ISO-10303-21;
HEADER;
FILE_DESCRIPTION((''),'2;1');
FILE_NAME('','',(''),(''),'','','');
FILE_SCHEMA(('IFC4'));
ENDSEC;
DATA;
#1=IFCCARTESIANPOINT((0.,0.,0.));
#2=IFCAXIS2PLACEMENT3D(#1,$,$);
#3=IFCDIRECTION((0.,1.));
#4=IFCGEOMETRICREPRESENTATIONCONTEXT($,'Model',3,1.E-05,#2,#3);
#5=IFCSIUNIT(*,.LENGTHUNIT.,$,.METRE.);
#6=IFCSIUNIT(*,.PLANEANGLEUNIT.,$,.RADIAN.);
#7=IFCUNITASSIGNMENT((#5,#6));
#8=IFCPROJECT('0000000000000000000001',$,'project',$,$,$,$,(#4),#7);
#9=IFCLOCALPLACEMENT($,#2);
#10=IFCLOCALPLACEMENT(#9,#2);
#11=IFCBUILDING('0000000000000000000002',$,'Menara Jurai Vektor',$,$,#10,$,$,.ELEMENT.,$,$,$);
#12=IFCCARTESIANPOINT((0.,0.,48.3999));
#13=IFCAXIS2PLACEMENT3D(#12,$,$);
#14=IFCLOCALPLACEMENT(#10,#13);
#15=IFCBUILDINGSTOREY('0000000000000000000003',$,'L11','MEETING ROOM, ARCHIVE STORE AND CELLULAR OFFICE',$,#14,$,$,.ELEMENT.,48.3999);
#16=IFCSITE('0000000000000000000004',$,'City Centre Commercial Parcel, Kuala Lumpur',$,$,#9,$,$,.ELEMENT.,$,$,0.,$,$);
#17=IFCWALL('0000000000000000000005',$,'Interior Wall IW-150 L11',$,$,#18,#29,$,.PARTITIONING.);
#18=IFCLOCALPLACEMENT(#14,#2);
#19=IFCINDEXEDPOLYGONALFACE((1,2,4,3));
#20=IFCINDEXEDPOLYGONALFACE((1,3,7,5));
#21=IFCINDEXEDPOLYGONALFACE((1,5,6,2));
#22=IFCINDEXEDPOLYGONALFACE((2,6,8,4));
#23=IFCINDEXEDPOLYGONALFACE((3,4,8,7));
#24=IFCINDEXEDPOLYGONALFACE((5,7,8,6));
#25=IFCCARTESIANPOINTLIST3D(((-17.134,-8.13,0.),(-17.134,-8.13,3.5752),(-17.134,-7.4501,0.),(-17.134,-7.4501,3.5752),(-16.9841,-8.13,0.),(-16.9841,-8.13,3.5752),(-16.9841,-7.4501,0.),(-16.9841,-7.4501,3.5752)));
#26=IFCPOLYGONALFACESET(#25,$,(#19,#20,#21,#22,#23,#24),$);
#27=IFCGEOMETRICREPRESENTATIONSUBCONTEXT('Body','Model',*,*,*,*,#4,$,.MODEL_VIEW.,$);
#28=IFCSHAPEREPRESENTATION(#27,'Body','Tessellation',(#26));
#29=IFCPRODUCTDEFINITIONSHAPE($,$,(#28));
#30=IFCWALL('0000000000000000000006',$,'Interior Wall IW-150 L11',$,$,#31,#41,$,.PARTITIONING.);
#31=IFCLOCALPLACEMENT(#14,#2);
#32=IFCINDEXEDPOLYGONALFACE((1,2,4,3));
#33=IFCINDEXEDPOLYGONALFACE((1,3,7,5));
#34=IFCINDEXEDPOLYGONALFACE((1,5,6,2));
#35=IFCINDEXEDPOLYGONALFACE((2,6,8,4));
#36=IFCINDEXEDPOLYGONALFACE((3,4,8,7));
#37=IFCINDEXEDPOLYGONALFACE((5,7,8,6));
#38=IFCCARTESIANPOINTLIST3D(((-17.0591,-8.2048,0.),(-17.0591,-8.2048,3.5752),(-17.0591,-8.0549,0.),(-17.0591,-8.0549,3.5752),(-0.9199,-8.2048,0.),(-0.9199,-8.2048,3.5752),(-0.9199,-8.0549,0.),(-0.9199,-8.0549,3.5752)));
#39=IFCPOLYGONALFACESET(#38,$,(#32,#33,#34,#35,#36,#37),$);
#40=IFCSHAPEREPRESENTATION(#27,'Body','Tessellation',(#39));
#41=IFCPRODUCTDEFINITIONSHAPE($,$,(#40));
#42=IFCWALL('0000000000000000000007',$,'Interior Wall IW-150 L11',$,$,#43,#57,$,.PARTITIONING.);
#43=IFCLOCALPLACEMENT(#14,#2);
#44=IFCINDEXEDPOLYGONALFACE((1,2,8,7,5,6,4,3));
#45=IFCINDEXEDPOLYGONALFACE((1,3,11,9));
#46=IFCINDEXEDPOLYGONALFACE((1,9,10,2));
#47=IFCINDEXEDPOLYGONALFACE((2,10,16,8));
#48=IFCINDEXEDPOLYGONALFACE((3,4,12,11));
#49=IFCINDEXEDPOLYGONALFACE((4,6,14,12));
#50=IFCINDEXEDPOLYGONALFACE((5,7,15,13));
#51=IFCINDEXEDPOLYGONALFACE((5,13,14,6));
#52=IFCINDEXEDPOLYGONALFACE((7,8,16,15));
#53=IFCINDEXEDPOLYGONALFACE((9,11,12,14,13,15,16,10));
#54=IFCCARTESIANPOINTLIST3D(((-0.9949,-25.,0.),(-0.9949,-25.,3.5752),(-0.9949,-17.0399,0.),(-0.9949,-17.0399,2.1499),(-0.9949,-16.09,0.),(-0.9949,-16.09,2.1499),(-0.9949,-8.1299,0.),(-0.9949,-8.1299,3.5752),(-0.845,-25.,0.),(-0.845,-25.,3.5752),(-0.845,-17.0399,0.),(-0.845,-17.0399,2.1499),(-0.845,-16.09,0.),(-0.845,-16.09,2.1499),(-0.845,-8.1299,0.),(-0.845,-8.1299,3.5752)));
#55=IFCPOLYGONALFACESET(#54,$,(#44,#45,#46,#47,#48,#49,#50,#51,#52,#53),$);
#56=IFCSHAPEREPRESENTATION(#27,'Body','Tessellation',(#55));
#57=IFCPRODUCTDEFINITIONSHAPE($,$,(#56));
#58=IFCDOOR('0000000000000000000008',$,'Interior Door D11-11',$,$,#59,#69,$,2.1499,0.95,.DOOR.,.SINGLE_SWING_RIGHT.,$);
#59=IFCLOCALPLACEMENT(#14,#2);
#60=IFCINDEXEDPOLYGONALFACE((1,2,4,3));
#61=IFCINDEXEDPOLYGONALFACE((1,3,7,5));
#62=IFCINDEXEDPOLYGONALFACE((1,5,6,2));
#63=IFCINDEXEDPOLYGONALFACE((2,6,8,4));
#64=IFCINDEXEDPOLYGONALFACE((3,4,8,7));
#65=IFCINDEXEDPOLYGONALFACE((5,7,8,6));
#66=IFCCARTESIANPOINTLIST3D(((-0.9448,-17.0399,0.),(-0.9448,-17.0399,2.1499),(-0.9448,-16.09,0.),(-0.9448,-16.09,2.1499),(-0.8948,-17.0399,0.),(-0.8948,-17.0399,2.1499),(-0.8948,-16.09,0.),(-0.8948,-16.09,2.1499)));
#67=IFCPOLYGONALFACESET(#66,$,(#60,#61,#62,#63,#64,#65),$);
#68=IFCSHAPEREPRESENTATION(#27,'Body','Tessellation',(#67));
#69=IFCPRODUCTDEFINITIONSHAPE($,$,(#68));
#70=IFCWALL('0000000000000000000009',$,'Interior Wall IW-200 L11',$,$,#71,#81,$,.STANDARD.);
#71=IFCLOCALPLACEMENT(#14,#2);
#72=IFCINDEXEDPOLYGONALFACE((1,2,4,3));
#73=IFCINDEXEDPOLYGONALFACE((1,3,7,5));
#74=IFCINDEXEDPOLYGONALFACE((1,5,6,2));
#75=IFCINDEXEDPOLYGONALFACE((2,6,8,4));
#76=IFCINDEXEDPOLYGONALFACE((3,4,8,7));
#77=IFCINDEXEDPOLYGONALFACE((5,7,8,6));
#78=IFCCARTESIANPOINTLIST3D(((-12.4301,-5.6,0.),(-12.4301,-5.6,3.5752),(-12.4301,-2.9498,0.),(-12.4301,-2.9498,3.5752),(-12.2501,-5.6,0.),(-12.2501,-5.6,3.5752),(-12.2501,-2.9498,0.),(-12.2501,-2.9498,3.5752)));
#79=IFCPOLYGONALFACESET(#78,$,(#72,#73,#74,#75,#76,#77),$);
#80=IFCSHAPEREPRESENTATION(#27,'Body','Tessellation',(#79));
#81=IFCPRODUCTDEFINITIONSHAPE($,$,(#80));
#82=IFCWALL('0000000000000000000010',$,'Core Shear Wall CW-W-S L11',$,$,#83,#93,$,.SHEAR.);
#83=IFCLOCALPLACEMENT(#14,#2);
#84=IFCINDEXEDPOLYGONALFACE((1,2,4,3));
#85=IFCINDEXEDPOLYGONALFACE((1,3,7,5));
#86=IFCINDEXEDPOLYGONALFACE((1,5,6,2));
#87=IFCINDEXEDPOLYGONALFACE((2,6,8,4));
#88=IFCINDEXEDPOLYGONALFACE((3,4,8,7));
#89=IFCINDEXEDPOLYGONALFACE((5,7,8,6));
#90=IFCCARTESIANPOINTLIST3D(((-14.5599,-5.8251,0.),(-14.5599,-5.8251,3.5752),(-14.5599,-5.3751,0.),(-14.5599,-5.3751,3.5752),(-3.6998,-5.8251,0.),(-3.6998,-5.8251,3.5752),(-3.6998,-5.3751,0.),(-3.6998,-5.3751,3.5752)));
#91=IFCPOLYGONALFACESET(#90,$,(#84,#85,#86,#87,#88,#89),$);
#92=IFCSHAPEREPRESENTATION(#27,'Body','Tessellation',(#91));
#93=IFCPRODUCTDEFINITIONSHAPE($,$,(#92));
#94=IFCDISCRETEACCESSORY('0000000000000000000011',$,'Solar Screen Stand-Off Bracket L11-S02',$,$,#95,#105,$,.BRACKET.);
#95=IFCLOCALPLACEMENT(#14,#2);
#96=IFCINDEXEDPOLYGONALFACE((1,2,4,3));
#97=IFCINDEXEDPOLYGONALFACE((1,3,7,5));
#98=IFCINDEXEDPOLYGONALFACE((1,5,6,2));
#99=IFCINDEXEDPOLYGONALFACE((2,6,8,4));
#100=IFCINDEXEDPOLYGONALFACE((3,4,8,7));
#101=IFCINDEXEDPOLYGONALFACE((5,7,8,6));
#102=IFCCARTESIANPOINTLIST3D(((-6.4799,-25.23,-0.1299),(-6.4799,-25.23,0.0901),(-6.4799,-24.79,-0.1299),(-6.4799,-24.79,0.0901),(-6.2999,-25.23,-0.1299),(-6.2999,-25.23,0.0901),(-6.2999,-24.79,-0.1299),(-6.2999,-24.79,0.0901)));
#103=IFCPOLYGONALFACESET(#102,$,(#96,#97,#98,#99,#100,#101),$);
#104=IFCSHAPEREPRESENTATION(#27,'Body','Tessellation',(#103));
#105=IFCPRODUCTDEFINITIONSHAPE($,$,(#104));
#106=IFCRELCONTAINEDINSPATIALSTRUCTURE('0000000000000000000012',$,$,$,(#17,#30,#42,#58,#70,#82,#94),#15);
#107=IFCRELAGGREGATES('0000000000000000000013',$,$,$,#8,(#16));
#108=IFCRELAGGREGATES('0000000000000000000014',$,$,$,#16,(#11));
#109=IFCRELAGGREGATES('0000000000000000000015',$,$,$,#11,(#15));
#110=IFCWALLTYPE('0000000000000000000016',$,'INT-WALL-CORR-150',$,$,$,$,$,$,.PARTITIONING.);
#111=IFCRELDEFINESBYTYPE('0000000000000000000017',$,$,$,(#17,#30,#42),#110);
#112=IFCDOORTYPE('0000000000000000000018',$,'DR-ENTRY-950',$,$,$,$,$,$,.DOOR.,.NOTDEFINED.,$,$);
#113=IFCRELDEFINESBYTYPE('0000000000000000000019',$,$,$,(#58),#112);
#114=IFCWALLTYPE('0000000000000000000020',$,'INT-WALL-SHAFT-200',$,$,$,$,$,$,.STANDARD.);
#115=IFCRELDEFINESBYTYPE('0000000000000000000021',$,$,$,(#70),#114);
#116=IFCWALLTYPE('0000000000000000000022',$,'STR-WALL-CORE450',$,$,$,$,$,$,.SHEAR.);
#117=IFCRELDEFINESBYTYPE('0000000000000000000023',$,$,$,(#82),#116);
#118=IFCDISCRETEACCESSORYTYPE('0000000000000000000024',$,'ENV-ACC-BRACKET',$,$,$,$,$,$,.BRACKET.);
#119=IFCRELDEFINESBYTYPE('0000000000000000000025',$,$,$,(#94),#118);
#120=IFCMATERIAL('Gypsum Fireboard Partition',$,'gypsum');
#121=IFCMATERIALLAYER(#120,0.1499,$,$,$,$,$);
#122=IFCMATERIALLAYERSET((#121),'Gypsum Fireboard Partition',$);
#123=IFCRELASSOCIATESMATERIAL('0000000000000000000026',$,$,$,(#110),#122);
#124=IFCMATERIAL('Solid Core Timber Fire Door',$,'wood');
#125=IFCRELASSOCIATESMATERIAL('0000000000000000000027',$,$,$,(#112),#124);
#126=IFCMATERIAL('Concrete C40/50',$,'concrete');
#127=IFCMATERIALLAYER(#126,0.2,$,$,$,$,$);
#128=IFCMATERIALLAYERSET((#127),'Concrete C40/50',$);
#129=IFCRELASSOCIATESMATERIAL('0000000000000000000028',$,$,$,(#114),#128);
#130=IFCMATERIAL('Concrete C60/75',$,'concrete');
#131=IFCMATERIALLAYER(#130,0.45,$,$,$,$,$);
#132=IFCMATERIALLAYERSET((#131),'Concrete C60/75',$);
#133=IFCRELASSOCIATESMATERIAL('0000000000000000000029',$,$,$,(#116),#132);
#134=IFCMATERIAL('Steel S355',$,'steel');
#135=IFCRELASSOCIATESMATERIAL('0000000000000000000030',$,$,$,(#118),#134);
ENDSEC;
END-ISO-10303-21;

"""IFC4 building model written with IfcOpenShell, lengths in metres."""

from ifc_helpers import new_model, si_unit, direction, frame, frame_2d, origin, origin_2d, place, context, subcontext, project, spatial, rectangle, extrude, material, layer, layer_set, type_object, element, fill, save


model = new_model("IFC4")

# Units and contexts
model_context = context("Model", 3, precision=1e-05, world=origin(), true_north=direction((0.0, 1.0)))
body_context = subcontext(model_context, "Body", "Model", "MODEL_VIEW")
ifc_project = project(units=[si_unit("LENGTHUNIT", "METRE"), si_unit("PLANEANGLEUNIT", "RADIAN")], contexts=[model_context])

# Site, building, storey
site_placement = place(None, origin())
site = spatial("IfcSite", under=ifc_project, at=site_placement, Name="City Centre Commercial Parcel, Kuala Lumpur", CompositionType="ELEMENT", RefElevation=0.0)
building_placement = place(site_placement, origin())
building = spatial("IfcBuilding", under=site, at=building_placement, Name="Menara Jurai Vektor", CompositionType="ELEMENT")
storey_placement = place(building_placement, frame((0.0, 0.0, 48.3999)))
storey = spatial("IfcBuildingStorey", under=building, at=storey_placement, Name="L11", Description="MEETING ROOM, ARCHIVE STORE AND CELLULAR OFFICE", CompositionType="ELEMENT", Elevation=48.3999)

# Shared definitions
ifc_material_1 = material(Name="Concrete C60/75", Category="concrete")

# Shared definitions
ifc_material_2 = material(Name="Steel S355", Category="steel")

# Walls
ifc_material_3 = material(Name="Gypsum Fireboard Partition", Category="gypsum")
ifc_layer_1 = layer(ifc_material_3, 0.1499)
ifc_layer_set_1 = layer_set([ifc_layer_1], Name="Gypsum Fireboard Partition")
wall_type_1 = type_object("IfcWallType", Name="INT-WALL-CORR-150", PredefinedType="PARTITIONING", material=ifc_layer_set_1)
wall_1_placement = place(storey_placement, frame((-17.0591, -8.1299, 0.0), z_axis=(0.0, 0.0, 1.0), x_axis=(0.0, 1.0, 0.0)))
element("IfcWall", 1, at=wall_1_placement, inside=storey, type_object=wall_type_1, Name="Interior Wall IW-150 L11", PredefinedType="PARTITIONING", context=body_context, shape_type="SweptSolid", body=[
    extrude(rectangle(XDim=0.6799, YDim=0.1499, at=frame_2d((0.3398, 0.0))), origin(), (0.0, 0.0, 1.0), 3.5752),
])
wall_2_placement = place(storey_placement, frame((-17.0591, -8.1299, 0.0), z_axis=(0.0, 0.0, 1.0), x_axis=(1.0, 0.0, 0.0)))
element("IfcWall", 2, at=wall_2_placement, inside=storey, type_object=wall_type_1, Name="Interior Wall IW-150 L11", PredefinedType="PARTITIONING", context=body_context, shape_type="SweptSolid", body=[
    extrude(rectangle(XDim=16.1392, YDim=0.1499, at=frame_2d((8.0696, 0.0))), origin(), (0.0, 0.0, 1.0), 3.5752),
])

# Wall, opening, door
wall_3_placement = place(storey_placement, frame((-0.9199, -25.0, 0.0), z_axis=(0.0, 0.0, 1.0), x_axis=(0.0, 1.0, 0.0)))
wall_3 = element("IfcWall", 3, at=wall_3_placement, inside=storey, type_object=wall_type_1, Name="Interior Wall IW-150 L11", PredefinedType="PARTITIONING", context=body_context, shape_type="SweptSolid", body=[
    extrude(rectangle(XDim=16.8701, YDim=0.1499, at=frame_2d((8.4351, 0.0))), origin(), (0.0, 0.0, 1.0), 3.5752),
])
opening_1_placement = place(wall_3_placement, frame((7.96, 0.0, 0.0)))
opening_1 = element("IfcOpeningElement", 4, at=opening_1_placement, cuts=wall_3, PredefinedType="OPENING", context=body_context, shape_type="SweptSolid", body=[
    extrude(rectangle(XDim=0.95, YDim=2.1499, at=frame_2d((0.4751, 1.075))), frame((0.0, 0.085, 0.0), z_axis=(0.0, -1.0, 0.0), x_axis=(1.0, 0.0, 0.0)), (0.0, 0.0, 1.0), 0.1699),
])
ifc_material_4 = material(Name="Solid Core Timber Fire Door", Category="wood")
door_type = type_object("IfcDoorType", Name="DR-ENTRY-950", OperationType="NOTDEFINED", PredefinedType="DOOR", material=ifc_material_4)
door_1_placement = place(opening_1_placement, origin())
door_1 = element("IfcDoor", 5, at=door_1_placement, inside=storey, type_object=door_type, Name="Interior Door D11-11", OperationType="SINGLE_SWING_RIGHT", OverallHeight=2.1499, OverallWidth=0.95, PredefinedType="DOOR", context=body_context, shape_type="SweptSolid", body=[
    extrude(rectangle(XDim=0.95, YDim=2.1499, at=frame_2d((0.4751, 1.075))), frame((0.0, 0.0249, 0.0), z_axis=(0.0, -1.0, 0.0), x_axis=(1.0, 0.0, 0.0)), (0.0, 0.0, 1.0), 0.05),
])
fill(opening_1, door_1)

# Walls
ifc_material_5 = material(Name="Concrete C40/50", Category="concrete")
ifc_layer_2 = layer(ifc_material_5, 0.2)
ifc_layer_set_2 = layer_set([ifc_layer_2], Name="Concrete C40/50")
wall_type_2 = type_object("IfcWallType", Name="INT-WALL-SHAFT-200", PredefinedType="STANDARD", material=ifc_layer_set_2)
wall_4_placement = place(storey_placement, frame((-12.3401, -5.6001, 0.0), z_axis=(0.0, 0.0, 1.0), x_axis=(0.0, 1.0, 0.0)))
element("IfcWall", 6, at=wall_4_placement, inside=storey, type_object=wall_type_2, Name="Interior Wall IW-200 L11", PredefinedType="STANDARD", context=body_context, shape_type="SweptSolid", body=[
    extrude(rectangle(XDim=2.6501, YDim=0.1799, at=frame_2d((1.3252, 0.0))), origin(), (0.0, 0.0, 1.0), 3.5752),
])
ifc_layer_3 = layer(ifc_material_1, 0.45)
ifc_layer_set_3 = layer_set([ifc_layer_3], Name="Concrete C60/75")
wall_type_3 = type_object("IfcWallType", Name="STR-WALL-CORE450", PredefinedType="SHEAR", material=ifc_layer_set_3)
wall_5_placement = place(storey_placement, frame((-14.5601, -5.6001, 0.0), z_axis=(0.0, 0.0, 1.0), x_axis=(1.0, 0.0, 0.0)))
element("IfcWall", 7, at=wall_5_placement, inside=storey, type_object=wall_type_3, Name="Core Shear Wall CW-W-S L11", PredefinedType="SHEAR", context=body_context, shape_type="SweptSolid", body=[
    extrude(rectangle(XDim=10.8601, YDim=0.45, at=frame_2d((5.4302, 0.0))), origin(), (0.0, 0.0, 1.0), 3.5752),
])

# Discrete accessory
discrete_accessory_type = type_object("IfcDiscreteAccessoryType", Name="ENV-ACC-BRACKET", PredefinedType="BRACKET", material=ifc_material_2)
discrete_accessory_placement = place(storey_placement, frame((-6.3899, -25.01, -0.1299), z_axis=(0.0, 0.0, 1.0), x_axis=(1.0, 0.0, 0.0)))
element("IfcDiscreteAccessory", 8, at=discrete_accessory_placement, inside=storey, type_object=discrete_accessory_type, Name="Solar Screen Stand-Off Bracket L11-S02", PredefinedType="BRACKET", context=body_context, shape_type="SweptSolid", body=[
    extrude(rectangle(XDim=0.1799, YDim=0.4399, at=origin_2d()), origin(), (0.0, 0.0, 1.0), 0.22),
])

save(model, "model.ifc")
